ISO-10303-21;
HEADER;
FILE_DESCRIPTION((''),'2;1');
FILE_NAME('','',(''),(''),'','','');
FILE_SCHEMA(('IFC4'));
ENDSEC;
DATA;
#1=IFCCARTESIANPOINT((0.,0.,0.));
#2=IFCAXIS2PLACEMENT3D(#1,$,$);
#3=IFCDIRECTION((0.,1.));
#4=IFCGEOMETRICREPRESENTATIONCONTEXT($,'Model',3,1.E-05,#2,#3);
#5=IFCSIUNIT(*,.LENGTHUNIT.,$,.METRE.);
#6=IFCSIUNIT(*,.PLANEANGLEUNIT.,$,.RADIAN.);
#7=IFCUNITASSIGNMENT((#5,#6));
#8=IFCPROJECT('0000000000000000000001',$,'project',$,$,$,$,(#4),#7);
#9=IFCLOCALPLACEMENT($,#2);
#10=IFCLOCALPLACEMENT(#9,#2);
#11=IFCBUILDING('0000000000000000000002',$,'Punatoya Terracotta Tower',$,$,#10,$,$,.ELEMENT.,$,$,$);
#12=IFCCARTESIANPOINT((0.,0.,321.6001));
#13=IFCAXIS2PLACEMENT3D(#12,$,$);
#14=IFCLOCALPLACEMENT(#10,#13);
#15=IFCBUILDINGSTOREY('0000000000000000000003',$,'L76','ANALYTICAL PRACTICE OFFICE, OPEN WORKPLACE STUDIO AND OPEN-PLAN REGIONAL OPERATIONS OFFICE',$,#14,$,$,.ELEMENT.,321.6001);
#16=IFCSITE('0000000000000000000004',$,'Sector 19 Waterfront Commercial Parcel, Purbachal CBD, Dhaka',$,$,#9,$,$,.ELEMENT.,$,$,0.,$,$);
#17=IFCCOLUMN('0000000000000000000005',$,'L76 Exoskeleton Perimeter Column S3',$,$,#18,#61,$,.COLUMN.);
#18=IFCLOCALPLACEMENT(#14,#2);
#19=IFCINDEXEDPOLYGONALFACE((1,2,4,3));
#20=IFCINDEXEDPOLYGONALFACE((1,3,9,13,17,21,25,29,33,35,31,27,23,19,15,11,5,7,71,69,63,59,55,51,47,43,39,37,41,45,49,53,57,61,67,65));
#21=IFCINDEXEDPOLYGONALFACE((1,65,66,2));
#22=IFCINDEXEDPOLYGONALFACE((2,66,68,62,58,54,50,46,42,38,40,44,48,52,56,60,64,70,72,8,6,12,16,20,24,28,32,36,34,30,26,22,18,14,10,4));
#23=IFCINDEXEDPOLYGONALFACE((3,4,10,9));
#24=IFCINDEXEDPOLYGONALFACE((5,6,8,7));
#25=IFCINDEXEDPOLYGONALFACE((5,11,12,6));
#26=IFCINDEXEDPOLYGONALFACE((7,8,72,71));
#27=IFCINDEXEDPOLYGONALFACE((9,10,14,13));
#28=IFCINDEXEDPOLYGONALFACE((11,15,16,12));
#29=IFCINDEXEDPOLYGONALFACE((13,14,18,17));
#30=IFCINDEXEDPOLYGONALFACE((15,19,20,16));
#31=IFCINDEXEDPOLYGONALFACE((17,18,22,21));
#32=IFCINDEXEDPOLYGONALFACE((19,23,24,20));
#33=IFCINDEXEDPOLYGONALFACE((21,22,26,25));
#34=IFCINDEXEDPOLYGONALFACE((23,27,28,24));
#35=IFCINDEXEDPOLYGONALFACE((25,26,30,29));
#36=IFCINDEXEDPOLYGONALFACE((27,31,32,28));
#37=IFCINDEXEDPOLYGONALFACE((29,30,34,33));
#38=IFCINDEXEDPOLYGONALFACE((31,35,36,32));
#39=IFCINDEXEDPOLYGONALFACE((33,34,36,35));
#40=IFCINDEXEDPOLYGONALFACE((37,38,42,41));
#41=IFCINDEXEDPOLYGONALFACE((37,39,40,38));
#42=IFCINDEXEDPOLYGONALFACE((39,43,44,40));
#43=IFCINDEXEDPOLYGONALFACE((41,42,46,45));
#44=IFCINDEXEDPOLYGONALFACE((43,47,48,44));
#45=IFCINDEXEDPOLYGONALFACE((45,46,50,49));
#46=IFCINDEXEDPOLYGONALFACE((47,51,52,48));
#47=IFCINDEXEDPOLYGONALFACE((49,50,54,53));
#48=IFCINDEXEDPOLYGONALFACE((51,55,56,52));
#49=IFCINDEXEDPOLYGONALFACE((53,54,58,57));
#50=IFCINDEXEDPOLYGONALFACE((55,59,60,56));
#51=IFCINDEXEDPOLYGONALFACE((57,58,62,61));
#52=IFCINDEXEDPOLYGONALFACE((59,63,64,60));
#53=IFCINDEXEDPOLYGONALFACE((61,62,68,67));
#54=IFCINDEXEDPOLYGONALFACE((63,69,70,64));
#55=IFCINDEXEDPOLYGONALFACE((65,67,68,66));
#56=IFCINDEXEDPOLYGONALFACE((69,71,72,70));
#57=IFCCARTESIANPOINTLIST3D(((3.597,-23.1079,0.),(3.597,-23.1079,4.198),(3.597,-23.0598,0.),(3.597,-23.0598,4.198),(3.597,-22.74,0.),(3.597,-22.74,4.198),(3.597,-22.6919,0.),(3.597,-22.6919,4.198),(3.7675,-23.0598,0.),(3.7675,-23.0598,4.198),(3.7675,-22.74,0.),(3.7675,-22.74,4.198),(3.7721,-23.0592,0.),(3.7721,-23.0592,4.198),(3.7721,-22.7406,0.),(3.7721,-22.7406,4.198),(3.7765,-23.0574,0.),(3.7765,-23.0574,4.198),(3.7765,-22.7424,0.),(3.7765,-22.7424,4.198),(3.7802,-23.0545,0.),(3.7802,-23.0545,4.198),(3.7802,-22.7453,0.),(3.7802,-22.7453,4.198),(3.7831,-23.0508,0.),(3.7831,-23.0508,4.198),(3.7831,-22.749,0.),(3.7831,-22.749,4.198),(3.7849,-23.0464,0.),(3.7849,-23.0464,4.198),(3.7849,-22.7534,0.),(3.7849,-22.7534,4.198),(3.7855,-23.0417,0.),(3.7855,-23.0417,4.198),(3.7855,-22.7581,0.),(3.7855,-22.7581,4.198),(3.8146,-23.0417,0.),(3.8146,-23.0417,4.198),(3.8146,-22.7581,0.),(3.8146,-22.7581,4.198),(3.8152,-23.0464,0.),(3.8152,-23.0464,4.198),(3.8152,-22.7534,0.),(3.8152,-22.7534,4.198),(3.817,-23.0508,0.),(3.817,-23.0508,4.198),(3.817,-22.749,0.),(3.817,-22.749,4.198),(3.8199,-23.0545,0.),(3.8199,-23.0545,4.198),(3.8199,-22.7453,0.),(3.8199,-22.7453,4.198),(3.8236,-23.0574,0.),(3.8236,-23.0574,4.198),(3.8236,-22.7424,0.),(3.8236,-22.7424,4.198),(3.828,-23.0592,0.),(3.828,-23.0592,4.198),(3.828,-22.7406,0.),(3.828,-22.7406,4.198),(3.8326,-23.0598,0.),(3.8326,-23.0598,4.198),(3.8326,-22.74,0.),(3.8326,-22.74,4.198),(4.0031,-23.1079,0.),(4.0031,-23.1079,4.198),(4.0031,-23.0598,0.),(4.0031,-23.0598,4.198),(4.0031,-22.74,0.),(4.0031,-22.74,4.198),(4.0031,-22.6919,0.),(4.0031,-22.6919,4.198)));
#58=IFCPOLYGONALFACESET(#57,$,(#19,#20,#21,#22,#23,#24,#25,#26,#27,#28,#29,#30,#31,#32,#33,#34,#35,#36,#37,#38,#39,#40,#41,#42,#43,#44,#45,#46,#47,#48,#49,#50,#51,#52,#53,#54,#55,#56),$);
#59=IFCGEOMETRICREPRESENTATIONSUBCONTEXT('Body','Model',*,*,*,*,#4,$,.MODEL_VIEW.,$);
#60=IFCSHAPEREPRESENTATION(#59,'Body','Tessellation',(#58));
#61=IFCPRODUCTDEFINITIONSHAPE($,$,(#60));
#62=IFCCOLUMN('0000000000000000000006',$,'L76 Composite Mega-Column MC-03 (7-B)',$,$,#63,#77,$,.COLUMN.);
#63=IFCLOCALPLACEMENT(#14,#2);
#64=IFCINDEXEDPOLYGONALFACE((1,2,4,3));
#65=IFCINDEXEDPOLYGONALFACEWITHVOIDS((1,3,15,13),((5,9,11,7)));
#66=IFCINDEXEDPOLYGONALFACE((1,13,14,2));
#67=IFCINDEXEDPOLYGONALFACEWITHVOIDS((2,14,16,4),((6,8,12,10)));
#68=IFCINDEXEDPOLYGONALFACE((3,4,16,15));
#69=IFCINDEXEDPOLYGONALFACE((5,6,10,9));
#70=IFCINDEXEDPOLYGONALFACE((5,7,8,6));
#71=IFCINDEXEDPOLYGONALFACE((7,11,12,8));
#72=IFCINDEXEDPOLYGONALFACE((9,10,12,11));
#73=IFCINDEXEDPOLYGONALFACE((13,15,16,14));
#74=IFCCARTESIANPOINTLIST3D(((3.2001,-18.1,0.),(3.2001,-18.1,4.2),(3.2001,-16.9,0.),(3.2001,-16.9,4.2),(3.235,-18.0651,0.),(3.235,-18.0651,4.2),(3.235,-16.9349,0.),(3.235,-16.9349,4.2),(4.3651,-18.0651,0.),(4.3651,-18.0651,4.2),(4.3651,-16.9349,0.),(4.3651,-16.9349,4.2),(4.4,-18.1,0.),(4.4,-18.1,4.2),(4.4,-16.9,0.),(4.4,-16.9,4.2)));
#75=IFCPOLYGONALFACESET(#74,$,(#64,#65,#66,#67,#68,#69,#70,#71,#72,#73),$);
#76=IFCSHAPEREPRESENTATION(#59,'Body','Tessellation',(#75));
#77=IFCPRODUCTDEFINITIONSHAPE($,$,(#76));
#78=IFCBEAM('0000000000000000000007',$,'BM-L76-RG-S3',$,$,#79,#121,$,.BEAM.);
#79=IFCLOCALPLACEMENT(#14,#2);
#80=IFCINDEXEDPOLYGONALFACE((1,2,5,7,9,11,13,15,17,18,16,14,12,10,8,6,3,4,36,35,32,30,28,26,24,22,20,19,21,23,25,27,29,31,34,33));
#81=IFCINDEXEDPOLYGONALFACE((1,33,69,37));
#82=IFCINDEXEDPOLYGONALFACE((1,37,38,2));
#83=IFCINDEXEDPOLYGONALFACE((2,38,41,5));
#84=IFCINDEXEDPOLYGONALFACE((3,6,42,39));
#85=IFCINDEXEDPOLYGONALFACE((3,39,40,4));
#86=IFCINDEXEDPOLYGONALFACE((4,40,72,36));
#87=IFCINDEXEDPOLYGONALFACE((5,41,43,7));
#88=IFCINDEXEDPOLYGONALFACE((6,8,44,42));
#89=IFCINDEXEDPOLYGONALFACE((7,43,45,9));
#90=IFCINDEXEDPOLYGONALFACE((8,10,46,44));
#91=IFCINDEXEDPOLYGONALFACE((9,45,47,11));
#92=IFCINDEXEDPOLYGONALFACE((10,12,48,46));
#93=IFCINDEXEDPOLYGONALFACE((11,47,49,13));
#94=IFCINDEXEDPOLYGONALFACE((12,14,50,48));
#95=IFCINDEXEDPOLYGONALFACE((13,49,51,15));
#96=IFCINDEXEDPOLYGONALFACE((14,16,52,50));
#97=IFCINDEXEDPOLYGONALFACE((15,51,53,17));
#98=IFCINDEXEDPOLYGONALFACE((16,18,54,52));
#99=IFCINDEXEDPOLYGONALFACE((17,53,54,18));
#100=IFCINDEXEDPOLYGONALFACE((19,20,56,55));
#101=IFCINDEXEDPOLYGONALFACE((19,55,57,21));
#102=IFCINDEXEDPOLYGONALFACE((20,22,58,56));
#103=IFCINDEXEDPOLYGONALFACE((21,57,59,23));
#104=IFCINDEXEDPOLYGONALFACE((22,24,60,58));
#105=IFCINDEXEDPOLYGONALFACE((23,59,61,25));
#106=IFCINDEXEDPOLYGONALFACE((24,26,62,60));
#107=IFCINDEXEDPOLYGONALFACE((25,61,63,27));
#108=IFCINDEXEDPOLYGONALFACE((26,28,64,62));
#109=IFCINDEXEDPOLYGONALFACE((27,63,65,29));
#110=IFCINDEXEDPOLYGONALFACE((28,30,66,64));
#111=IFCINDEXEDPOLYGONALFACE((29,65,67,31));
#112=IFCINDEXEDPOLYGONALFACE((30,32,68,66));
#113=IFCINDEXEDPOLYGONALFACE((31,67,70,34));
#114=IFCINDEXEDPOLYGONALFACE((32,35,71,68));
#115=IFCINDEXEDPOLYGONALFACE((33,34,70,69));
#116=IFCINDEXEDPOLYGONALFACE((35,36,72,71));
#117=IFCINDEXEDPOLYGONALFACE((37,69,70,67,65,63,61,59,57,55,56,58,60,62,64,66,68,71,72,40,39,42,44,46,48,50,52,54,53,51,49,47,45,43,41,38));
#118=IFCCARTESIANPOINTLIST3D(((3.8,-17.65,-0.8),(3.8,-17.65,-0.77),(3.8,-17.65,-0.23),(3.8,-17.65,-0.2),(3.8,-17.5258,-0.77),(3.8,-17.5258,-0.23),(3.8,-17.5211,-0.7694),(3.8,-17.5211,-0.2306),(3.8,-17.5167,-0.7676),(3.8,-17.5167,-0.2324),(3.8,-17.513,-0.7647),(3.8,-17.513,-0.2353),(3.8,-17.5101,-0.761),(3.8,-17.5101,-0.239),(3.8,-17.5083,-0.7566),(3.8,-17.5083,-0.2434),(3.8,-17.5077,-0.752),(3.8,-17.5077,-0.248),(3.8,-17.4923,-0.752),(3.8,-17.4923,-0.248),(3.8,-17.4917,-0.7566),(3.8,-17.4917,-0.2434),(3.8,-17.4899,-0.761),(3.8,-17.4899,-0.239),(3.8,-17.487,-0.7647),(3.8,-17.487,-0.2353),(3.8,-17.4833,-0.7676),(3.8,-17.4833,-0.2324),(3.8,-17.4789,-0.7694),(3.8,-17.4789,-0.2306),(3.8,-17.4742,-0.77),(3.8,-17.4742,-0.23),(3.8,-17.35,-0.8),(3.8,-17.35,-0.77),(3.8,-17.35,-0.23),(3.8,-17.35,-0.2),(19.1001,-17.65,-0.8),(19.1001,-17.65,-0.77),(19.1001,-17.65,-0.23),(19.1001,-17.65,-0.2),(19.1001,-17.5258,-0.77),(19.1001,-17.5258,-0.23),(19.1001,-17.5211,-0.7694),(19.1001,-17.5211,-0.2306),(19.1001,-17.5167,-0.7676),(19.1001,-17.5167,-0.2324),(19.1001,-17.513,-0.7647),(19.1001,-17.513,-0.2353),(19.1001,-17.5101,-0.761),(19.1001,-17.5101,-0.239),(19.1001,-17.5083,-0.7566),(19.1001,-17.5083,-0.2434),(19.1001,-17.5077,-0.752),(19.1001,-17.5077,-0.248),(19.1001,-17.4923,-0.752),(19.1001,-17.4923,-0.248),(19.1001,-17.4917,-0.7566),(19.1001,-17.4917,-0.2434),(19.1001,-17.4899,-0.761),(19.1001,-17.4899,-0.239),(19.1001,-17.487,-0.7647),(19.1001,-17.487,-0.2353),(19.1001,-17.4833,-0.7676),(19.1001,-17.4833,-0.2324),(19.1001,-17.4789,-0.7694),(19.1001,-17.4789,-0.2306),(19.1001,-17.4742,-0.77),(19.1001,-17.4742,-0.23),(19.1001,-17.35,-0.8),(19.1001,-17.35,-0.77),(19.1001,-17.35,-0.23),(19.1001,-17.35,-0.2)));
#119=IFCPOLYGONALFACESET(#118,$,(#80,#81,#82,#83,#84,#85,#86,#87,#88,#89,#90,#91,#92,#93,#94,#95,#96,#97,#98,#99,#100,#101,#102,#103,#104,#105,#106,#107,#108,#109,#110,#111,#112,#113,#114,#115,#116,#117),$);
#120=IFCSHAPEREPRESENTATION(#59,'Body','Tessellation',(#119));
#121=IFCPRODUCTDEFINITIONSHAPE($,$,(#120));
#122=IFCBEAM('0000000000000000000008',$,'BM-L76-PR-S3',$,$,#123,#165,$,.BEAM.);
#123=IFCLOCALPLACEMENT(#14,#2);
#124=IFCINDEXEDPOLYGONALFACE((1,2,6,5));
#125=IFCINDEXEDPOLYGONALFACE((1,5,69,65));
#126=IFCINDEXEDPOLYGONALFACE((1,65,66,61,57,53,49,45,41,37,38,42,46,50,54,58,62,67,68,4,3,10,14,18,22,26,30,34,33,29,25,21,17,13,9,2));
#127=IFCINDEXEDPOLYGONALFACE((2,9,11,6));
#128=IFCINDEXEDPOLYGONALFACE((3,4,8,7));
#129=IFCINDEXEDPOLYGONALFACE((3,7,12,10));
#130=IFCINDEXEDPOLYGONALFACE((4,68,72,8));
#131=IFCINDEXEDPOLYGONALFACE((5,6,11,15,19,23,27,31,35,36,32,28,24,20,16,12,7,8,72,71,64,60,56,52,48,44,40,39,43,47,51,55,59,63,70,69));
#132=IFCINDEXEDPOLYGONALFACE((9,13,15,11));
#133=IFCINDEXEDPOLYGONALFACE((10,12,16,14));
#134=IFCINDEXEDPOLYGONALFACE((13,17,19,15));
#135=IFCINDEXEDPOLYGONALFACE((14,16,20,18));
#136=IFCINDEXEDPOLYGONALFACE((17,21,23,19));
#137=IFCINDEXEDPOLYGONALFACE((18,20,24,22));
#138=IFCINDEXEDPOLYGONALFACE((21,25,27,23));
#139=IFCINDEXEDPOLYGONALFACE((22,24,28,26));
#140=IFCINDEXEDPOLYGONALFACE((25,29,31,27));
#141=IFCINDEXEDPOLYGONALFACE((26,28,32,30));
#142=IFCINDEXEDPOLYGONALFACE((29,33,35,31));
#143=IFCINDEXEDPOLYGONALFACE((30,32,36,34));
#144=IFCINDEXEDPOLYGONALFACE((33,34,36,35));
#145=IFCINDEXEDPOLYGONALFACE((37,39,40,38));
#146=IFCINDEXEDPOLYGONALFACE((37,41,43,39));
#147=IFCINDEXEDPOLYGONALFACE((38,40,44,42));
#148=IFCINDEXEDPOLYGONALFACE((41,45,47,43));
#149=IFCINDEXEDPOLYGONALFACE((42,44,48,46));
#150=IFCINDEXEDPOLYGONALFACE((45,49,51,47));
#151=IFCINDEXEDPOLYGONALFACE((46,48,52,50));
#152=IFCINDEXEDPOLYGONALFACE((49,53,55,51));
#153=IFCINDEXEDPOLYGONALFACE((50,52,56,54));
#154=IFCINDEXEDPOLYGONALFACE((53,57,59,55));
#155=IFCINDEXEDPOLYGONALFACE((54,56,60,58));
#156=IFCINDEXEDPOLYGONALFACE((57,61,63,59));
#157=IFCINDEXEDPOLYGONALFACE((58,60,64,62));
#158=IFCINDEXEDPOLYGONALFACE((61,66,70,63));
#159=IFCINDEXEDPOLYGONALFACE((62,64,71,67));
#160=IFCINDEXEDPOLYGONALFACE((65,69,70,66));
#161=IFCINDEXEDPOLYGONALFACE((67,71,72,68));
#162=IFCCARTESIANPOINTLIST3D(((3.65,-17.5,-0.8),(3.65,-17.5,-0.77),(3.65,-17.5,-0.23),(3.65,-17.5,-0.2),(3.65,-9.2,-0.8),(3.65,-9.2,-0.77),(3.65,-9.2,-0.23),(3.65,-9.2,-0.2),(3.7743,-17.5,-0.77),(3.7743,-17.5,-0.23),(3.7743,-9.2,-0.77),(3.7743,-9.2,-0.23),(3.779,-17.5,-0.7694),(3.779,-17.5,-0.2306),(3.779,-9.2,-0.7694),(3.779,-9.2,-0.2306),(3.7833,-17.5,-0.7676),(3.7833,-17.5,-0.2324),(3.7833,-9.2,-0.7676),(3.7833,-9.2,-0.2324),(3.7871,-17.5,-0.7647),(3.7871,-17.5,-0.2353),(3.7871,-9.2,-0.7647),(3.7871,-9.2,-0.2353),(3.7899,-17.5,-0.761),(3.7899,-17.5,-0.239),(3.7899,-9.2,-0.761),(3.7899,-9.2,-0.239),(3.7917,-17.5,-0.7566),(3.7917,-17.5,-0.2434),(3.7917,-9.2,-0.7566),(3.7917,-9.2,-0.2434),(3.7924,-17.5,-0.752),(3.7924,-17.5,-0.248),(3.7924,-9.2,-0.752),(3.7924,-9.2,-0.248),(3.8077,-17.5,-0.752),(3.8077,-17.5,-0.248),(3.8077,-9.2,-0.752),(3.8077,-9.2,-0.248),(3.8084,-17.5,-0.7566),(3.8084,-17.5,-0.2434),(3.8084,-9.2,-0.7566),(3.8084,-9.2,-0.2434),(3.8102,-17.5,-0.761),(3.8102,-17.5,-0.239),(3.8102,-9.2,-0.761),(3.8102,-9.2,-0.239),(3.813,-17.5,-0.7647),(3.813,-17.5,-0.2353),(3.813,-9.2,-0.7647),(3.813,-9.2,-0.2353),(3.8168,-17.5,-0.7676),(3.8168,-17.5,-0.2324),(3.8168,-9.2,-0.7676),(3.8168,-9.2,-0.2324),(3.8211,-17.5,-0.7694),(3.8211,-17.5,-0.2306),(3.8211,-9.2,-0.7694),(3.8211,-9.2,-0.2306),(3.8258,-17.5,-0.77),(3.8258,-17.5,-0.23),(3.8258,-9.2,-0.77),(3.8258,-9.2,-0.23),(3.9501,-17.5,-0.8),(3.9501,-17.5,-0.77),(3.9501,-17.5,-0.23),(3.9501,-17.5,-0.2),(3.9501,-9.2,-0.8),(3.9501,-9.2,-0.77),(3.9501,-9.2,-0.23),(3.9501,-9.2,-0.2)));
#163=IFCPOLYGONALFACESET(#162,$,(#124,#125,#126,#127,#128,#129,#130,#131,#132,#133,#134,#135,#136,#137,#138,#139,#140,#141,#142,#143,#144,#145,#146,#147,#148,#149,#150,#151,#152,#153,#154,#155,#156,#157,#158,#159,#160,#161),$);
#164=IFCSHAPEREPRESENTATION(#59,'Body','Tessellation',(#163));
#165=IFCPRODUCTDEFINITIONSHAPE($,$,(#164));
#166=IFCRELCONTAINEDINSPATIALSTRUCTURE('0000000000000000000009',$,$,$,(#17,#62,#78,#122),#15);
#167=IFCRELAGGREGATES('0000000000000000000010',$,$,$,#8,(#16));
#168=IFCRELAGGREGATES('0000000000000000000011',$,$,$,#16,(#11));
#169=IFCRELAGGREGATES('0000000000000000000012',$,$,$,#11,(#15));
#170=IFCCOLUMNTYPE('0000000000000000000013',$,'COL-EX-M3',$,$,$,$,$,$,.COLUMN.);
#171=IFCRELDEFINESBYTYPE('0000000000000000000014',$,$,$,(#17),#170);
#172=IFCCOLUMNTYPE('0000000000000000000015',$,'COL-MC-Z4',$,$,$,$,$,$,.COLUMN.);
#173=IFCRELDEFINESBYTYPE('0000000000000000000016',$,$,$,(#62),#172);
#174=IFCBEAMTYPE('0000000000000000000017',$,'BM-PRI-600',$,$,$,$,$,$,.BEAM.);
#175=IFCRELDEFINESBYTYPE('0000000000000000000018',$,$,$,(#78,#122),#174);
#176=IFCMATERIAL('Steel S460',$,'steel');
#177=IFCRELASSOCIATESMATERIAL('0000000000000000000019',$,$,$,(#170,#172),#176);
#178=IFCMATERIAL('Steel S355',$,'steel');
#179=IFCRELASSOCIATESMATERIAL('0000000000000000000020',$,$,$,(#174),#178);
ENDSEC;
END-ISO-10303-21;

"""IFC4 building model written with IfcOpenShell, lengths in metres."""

from ifc_helpers import new_model, si_unit, direction, frame, origin, origin_2d, place, context, subcontext, project, spatial, hollow_rectangle, i_section, extrude, material, material_profile, profile_set, type_object, element, save


model = new_model("IFC4")

# Units and contexts
model_context = context("Model", 3, precision=1e-05, world=origin(), true_north=direction((0.0, 1.0)))
body_context = subcontext(model_context, "Body", "Model", "MODEL_VIEW")
ifc_project = project(units=[si_unit("LENGTHUNIT", "METRE"), si_unit("PLANEANGLEUNIT", "RADIAN")], contexts=[model_context])

# Site, building, storey
site_placement = place(None, origin())
site = spatial("IfcSite", under=ifc_project, at=site_placement, Name="Sector 19 Waterfront Commercial Parcel, Purbachal CBD, Dhaka", CompositionType="ELEMENT", RefElevation=0.0)
building_placement = place(site_placement, origin())
building = spatial("IfcBuilding", under=site, at=building_placement, Name="Punatoya Terracotta Tower", CompositionType="ELEMENT")
storey_placement = place(building_placement, frame((0.0, 0.0, 321.6001)))
storey = spatial("IfcBuildingStorey", under=building, at=storey_placement, Name="L76", Description="ANALYTICAL PRACTICE OFFICE, OPEN WORKPLACE STUDIO AND OPEN-PLAN REGIONAL OPERATIONS OFFICE", CompositionType="ELEMENT", Elevation=321.6001)

# Columns
ifc_material_1 = material(Name="Steel S460", Category="steel")
ifc_material_profile_1 = material_profile(ifc_material_1, i_section(OverallWidth=0.406, OverallDepth=0.416, WebThickness=0.0291, FlangeThickness=0.0481, FilletRadius=0.0181, at=origin_2d()))
ifc_profile_set_1 = profile_set([ifc_material_profile_1], Name="Steel S460")
column_type_1 = type_object("IfcColumnType", Name="COL-EX-M3", PredefinedType="COLUMN", material=ifc_profile_set_1)
column_1_placement = place(storey_placement, frame((3.8, -22.8999, 0.0), z_axis=(0.0, 0.0, 1.0), x_axis=(1.0, 0.0, 0.0)))
element("IfcColumn", 1, at=column_1_placement, inside=storey, type_object=column_type_1, Name="L76 Exoskeleton Perimeter Column S3", PredefinedType="COLUMN", context=body_context, shape_type="SweptSolid", body=[
    extrude(i_section(OverallWidth=0.406, OverallDepth=0.416, WebThickness=0.0291, FlangeThickness=0.0481, FilletRadius=0.0181, at=origin_2d()), origin(), (0.0, 0.0, 1.0), 4.198),
])
ifc_material_profile_2 = material_profile(ifc_material_1, hollow_rectangle(XDim=1.2, YDim=1.2, WallThickness=0.0349, at=origin_2d()))
ifc_profile_set_2 = profile_set([ifc_material_profile_2], Name="Steel S460")
column_type_2 = type_object("IfcColumnType", Name="COL-MC-Z4", PredefinedType="COLUMN", material=ifc_profile_set_2)
column_2_placement = place(storey_placement, frame((3.8, -17.5, 0.0), z_axis=(0.0, 0.0, 1.0), x_axis=(1.0, 0.0, 0.0)))
element("IfcColumn", 2, at=column_2_placement, inside=storey, type_object=column_type_2, Name="L76 Composite Mega-Column MC-03 (7-B)", PredefinedType="COLUMN", context=body_context, shape_type="SweptSolid", body=[
    extrude(hollow_rectangle(XDim=1.2, YDim=1.2, WallThickness=0.0349, at=origin_2d()), origin(), (0.0, 0.0, 1.0), 4.2),
])

# Beams
ifc_material_2 = material(Name="Steel S355", Category="steel")
ifc_material_profile_3 = material_profile(ifc_material_2, i_section(OverallWidth=0.3, OverallDepth=0.6001, WebThickness=0.0154, FlangeThickness=0.03, FilletRadius=0.0181, at=origin_2d()))
ifc_profile_set_3 = profile_set([ifc_material_profile_3], Name="Steel S355")
beam_type_1 = type_object("IfcBeamType", Name="BM-PRI-600", PredefinedType="BEAM", material=ifc_profile_set_3)
beam_1_placement = place(storey_placement, frame((3.8, -17.5, -0.5), z_axis=(1.0, 0.0, 0.0), x_axis=(0.0, 1.0, 0.0)))
element("IfcBeam", 3, at=beam_1_placement, inside=storey, type_object=beam_type_1, Name="BM-L76-RG-S3", PredefinedType="BEAM", context=body_context, shape_type="SweptSolid", body=[
    extrude(i_section(OverallWidth=0.3, OverallDepth=0.6001, WebThickness=0.0154, FlangeThickness=0.03, FilletRadius=0.0181, at=origin_2d()), origin(), (0.0, 0.0, 1.0), 15.3),
])
for number, where, z_axis, x_axis, name in (
    (4, (3.8, -17.5, -0.5), (0.0, 1.0, 0.0), (-1.0, 0.0, 0.0), "BM-L76-PR-S3"),
):
    element("IfcBeam", number, at=place(storey_placement, frame(where, z_axis=z_axis, x_axis=x_axis)), inside=storey, type_object=beam_type_1, Name=name, PredefinedType="BEAM", context=body_context, shape_type="SweptSolid", body=[
        extrude(i_section(OverallWidth=0.3, OverallDepth=0.6001, WebThickness=0.0154, FlangeThickness=0.03, FilletRadius=0.0181, at=origin_2d()), origin(), (0.0, 0.0, 1.0), 8.3),
    ])

save(model, "model.ifc")
